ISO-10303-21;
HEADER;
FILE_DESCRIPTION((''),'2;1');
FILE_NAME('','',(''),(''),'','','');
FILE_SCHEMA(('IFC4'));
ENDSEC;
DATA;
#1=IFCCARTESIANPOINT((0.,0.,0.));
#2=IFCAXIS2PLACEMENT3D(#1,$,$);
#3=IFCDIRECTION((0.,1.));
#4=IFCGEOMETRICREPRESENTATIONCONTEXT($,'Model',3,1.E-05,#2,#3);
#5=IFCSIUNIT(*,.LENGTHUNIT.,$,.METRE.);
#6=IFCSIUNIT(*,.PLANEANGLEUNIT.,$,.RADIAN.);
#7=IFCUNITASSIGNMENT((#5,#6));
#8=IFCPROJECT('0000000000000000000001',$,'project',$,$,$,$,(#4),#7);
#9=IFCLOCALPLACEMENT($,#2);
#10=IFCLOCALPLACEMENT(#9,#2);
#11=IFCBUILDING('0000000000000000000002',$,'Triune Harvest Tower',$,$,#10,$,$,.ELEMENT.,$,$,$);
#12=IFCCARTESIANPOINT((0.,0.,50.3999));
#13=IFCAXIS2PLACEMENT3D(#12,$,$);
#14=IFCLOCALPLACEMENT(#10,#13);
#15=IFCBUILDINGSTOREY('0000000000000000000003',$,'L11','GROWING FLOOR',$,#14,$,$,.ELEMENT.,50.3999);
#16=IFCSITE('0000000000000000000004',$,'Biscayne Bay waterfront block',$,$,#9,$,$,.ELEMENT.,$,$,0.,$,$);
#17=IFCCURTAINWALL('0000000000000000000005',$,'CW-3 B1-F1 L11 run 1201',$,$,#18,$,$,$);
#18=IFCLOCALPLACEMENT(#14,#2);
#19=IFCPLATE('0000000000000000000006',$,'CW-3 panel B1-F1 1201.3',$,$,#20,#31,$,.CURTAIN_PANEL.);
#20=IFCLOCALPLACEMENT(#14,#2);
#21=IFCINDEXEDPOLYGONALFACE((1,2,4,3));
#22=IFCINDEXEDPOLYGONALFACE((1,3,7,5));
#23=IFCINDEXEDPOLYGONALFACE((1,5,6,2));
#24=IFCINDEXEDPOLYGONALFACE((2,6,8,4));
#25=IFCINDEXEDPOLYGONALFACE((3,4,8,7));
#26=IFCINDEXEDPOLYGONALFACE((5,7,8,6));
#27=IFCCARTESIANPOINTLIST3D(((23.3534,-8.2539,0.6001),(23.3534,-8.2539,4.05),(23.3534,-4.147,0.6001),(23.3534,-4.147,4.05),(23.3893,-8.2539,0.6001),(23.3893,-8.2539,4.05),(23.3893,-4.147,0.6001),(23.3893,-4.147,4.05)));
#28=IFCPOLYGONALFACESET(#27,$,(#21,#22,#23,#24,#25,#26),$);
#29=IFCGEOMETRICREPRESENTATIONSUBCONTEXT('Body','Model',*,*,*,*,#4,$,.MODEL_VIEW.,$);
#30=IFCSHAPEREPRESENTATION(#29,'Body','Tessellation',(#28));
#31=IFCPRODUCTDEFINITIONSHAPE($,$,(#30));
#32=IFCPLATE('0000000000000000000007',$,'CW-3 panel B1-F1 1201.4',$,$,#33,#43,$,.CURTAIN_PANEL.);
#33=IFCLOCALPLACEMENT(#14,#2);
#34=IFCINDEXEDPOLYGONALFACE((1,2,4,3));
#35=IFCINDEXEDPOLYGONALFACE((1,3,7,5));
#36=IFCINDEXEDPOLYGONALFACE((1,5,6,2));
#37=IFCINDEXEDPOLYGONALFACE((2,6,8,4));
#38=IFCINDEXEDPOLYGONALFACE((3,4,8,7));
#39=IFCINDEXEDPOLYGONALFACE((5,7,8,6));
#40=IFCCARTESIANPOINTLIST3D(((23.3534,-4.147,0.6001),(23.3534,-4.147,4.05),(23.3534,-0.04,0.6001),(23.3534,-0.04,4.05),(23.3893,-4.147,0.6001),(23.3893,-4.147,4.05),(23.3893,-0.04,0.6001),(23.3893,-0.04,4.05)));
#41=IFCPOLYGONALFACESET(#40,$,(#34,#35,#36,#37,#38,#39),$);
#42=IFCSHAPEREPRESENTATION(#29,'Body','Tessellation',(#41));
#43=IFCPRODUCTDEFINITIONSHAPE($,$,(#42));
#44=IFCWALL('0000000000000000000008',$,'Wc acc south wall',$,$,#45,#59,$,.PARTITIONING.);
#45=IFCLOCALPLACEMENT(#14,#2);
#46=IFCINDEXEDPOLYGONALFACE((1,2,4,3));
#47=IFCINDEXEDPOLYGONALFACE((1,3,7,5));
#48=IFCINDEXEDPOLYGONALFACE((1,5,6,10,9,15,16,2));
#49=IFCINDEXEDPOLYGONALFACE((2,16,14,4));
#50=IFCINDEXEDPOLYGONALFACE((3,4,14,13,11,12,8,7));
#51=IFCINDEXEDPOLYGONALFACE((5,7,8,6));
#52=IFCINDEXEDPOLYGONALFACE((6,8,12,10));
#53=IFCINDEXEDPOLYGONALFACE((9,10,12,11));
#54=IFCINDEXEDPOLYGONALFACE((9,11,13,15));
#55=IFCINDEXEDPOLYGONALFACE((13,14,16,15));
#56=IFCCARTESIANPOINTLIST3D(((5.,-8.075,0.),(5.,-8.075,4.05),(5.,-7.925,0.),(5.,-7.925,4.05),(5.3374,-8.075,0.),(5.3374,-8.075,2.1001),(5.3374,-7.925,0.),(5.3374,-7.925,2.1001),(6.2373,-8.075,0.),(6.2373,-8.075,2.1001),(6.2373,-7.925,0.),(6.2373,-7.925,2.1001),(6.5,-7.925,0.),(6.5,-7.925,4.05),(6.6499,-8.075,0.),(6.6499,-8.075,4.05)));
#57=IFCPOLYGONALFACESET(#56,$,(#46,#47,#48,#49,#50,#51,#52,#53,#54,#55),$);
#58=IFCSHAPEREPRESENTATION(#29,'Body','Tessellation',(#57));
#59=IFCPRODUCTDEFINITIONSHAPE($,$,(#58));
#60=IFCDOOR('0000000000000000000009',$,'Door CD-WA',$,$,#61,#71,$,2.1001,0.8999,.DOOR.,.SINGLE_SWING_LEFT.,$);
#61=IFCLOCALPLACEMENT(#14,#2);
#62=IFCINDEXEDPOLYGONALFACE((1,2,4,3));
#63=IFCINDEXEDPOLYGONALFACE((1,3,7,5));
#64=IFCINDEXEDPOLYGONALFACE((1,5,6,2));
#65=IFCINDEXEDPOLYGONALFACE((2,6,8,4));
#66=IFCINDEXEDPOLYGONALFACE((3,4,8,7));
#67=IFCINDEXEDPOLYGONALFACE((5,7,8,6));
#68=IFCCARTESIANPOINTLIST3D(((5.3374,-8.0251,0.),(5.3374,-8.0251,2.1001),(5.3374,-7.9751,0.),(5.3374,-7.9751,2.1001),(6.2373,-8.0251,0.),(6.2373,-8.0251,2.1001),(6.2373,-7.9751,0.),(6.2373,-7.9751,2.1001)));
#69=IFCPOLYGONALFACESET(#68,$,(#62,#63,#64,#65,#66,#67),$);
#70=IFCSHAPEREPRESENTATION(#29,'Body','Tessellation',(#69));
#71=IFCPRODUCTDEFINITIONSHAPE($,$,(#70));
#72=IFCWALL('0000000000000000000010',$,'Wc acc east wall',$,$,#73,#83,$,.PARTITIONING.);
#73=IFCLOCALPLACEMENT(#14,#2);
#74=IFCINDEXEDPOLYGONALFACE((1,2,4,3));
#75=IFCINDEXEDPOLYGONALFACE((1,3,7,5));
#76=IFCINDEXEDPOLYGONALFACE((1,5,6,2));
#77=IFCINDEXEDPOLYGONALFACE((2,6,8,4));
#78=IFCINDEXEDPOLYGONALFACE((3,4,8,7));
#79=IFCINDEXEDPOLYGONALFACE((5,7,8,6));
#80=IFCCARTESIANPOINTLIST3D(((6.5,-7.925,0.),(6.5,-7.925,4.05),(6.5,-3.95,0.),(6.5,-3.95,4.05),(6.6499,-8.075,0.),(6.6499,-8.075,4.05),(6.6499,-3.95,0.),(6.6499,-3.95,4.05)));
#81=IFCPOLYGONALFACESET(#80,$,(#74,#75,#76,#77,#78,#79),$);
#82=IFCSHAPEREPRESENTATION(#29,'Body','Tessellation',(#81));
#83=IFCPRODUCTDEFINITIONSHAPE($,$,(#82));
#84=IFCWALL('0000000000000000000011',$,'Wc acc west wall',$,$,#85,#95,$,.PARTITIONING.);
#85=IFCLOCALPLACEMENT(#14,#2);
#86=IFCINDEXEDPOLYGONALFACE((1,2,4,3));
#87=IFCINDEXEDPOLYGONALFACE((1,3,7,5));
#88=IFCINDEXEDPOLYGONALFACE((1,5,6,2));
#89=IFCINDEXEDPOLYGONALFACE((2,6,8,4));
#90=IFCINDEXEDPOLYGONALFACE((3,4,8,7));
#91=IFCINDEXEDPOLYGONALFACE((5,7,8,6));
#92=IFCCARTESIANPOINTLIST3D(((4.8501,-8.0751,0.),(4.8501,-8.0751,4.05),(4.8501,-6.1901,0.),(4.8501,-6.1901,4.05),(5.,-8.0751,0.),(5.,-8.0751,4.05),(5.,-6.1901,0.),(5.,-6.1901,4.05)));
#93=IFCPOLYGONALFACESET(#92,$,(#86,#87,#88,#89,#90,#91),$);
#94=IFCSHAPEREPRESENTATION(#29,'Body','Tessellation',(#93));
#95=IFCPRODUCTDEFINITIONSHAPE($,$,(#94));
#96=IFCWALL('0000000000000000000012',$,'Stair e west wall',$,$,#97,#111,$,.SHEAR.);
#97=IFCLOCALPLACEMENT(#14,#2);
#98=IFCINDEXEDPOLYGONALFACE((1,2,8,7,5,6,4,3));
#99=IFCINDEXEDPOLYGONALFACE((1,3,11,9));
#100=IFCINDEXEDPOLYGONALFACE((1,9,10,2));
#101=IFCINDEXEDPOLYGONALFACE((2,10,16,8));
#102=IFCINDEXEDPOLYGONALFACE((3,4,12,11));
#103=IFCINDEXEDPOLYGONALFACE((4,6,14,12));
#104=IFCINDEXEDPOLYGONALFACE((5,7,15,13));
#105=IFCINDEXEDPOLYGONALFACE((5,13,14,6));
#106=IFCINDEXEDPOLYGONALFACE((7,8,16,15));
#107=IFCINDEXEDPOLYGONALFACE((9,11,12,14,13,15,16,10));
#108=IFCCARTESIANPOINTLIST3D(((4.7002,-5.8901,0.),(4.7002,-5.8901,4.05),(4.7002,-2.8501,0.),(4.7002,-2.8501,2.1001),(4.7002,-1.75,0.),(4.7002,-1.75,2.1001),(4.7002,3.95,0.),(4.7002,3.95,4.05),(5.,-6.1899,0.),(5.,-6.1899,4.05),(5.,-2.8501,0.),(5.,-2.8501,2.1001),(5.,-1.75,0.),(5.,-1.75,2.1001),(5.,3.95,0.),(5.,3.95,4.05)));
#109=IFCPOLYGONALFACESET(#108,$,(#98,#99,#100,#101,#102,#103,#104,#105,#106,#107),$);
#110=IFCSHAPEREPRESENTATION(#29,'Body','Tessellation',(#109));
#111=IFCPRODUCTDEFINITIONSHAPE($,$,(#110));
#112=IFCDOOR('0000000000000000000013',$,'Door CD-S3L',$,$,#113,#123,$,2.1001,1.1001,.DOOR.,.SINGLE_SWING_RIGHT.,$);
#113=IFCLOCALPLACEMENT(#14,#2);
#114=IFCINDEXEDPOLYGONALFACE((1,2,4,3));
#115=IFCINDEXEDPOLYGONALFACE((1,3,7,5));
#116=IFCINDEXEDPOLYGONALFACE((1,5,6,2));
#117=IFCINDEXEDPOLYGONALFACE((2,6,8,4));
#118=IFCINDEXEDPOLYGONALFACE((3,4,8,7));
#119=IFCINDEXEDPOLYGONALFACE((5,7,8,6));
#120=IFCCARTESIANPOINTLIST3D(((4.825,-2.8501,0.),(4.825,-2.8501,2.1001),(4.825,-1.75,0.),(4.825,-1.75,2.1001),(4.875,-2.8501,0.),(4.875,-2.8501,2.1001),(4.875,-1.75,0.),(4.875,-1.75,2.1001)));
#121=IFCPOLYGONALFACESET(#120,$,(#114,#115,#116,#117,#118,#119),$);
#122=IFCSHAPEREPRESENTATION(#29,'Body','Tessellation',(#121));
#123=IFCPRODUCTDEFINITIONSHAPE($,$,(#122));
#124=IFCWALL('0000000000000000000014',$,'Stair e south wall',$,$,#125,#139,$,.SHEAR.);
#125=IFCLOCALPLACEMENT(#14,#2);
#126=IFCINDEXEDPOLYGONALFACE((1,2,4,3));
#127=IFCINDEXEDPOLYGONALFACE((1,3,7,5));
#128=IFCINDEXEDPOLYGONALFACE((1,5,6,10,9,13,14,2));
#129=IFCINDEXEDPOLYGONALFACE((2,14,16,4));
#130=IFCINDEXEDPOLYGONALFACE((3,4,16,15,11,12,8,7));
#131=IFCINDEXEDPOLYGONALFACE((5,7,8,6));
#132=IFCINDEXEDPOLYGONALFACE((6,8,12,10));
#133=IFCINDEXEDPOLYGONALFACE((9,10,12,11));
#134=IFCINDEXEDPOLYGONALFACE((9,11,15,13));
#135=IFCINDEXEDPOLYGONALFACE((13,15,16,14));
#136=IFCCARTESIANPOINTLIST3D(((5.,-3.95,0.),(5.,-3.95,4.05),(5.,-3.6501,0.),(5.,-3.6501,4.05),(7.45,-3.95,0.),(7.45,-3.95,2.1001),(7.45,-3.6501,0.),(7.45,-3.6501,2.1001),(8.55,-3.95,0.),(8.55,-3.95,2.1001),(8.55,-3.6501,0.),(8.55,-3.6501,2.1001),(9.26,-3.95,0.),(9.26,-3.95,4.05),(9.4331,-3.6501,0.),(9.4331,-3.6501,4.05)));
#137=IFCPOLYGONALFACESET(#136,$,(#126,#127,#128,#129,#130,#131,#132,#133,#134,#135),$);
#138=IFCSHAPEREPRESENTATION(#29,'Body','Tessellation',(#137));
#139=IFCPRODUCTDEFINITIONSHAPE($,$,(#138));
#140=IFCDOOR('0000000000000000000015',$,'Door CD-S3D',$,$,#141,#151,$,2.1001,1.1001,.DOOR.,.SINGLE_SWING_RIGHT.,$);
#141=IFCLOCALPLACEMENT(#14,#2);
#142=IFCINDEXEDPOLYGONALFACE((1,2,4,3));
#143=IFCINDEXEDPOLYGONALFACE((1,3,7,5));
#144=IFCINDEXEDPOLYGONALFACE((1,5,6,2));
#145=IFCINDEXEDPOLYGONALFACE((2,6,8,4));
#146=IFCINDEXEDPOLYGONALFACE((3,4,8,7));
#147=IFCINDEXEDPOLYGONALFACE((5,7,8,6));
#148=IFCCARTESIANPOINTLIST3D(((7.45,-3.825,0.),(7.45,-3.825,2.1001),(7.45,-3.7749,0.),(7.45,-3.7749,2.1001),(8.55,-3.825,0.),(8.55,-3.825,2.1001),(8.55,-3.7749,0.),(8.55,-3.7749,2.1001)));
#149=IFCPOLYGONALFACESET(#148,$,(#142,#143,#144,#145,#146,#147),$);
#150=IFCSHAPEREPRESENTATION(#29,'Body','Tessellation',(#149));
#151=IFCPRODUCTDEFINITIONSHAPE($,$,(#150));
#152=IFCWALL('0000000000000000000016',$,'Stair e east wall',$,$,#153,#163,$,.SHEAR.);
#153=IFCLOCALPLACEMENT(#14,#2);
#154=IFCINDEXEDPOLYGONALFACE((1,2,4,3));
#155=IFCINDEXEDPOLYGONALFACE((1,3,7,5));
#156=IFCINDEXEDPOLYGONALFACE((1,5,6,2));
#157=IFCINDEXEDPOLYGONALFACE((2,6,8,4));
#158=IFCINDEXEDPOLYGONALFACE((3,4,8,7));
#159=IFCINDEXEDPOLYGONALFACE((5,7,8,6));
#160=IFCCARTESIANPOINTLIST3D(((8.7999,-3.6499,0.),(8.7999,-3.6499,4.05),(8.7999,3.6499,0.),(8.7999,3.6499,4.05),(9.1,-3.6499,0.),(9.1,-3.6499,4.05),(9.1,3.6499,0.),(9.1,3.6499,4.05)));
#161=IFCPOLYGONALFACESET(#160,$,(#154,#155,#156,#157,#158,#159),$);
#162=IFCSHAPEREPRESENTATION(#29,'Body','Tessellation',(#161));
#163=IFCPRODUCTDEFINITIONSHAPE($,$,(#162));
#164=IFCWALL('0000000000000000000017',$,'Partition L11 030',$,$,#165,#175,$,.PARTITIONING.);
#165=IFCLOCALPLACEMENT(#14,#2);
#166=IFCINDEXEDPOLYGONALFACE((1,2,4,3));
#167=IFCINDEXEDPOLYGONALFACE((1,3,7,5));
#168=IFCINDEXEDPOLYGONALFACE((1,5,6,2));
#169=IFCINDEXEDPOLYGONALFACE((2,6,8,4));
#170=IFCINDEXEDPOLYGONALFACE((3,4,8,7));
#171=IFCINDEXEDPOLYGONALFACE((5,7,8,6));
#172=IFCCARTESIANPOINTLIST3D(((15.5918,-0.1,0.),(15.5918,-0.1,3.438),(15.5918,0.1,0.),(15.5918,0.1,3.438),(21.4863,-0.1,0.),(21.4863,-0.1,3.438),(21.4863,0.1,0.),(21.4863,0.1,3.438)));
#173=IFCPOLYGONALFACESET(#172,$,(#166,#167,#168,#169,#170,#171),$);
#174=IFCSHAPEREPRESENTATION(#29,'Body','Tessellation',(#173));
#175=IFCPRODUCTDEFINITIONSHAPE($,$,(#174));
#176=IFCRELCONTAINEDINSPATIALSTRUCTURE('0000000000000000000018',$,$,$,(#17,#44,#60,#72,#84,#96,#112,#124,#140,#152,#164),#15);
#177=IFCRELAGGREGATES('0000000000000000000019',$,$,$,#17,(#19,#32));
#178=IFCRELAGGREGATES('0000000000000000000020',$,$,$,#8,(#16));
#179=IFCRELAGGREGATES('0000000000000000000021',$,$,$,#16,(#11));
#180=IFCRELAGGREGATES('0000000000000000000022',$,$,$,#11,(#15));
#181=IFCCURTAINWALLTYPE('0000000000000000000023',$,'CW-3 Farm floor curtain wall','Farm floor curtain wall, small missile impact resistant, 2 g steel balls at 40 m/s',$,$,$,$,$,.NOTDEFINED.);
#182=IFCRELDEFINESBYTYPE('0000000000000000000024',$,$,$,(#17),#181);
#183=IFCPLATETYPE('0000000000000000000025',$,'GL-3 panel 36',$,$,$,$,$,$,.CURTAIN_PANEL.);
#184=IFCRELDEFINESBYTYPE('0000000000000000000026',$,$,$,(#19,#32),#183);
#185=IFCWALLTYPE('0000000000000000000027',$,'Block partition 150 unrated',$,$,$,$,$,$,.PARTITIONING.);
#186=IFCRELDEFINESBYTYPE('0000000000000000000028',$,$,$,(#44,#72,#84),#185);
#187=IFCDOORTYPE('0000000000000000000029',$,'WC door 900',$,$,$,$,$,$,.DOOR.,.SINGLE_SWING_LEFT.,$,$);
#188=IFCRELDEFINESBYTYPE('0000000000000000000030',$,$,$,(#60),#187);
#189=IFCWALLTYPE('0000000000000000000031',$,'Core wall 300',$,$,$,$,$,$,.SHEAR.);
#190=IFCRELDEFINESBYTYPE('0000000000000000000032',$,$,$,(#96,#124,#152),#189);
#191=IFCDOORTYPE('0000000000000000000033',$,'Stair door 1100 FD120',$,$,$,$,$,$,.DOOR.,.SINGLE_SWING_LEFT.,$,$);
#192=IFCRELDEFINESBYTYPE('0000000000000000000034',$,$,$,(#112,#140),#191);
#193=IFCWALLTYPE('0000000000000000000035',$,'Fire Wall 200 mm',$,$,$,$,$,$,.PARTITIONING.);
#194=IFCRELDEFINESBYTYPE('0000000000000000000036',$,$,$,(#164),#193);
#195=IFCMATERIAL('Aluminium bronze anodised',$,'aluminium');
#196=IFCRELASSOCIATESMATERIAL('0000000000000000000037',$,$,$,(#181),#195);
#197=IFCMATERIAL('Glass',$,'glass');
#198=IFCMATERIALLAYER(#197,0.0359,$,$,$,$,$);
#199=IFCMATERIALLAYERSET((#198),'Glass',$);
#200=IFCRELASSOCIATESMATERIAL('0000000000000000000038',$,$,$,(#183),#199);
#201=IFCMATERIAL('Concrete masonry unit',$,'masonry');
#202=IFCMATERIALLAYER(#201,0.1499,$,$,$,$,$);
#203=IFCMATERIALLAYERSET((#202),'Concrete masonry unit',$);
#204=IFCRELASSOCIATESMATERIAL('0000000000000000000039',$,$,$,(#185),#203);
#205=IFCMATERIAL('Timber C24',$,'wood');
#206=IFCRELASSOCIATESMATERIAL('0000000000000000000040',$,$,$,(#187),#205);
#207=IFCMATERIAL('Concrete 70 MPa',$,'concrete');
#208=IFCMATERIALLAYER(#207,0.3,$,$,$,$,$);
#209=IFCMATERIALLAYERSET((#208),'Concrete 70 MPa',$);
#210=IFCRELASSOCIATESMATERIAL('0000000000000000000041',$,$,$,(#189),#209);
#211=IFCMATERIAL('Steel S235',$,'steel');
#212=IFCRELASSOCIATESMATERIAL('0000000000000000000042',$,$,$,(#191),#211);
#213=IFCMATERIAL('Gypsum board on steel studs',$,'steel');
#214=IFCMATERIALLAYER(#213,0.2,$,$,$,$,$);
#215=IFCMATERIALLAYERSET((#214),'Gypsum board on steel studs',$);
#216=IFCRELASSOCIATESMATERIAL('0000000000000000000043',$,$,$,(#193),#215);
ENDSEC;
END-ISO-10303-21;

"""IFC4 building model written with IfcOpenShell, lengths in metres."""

from ifc_helpers import new_model, si_unit, direction, frame, frame_2d, origin, origin_2d, place, context, subcontext, project, spatial, polyline, rectangle, outline, extrude, source, transform, mapped, material, layer, layer_set, type_object, element, fill, aggregate, save


model = new_model("IFC4")

# Units and contexts
model_context = context("Model", 3, precision=1e-05, world=origin(), true_north=direction((0.0, 1.0)))
body_context = subcontext(model_context, "Body", "Model", "MODEL_VIEW")
ifc_project = project(units=[si_unit("LENGTHUNIT", "METRE"), si_unit("PLANEANGLEUNIT", "RADIAN")], contexts=[model_context])

# Site, building, storey
site_placement = place(None, origin())
site = spatial("IfcSite", under=ifc_project, at=site_placement, Name="Biscayne Bay waterfront block", CompositionType="ELEMENT", RefElevation=0.0)
building_placement = place(site_placement, origin())
building = spatial("IfcBuilding", under=site, at=building_placement, Name="Triune Harvest Tower", CompositionType="ELEMENT")
storey_placement = place(building_placement, frame((0.0, 0.0, 50.3999)))
storey = spatial("IfcBuildingStorey", under=building, at=storey_placement, Name="L11", Description="GROWING FLOOR", CompositionType="ELEMENT", Elevation=50.3999)

# Curtain wall, plates
ifc_material_1 = material(Name="Aluminium bronze anodised", Category="aluminium")
curtain_wall_type = type_object("IfcCurtainWallType", Name="CW-3 Farm floor curtain wall", Description="Farm floor curtain wall, small missile impact resistant, 2 g steel balls at 40 m/s", PredefinedType="NOTDEFINED", material=ifc_material_1)
curtain_wall_placement = place(storey_placement, origin())
curtain_wall = element("IfcCurtainWall", 1, at=curtain_wall_placement, inside=storey, type_object=curtain_wall_type, Name="CW-3 B1-F1 L11 run 1201")
ifc_material_2 = material(Name="Glass", Category="glass")
ifc_layer_1 = layer(ifc_material_2, 0.0359)
ifc_layer_set_1 = layer_set([ifc_layer_1], Name="Glass")
plate_type = type_object("IfcPlateType", Name="GL-3 panel 36", PredefinedType="CURTAIN_PANEL", material=ifc_layer_set_1)
shared_shape_1 = source(origin(), body_context, "Body", "SweptSolid", [
    extrude(rectangle(XDim=4.1069, YDim=0.0359, at=origin_2d()), origin(), (0.0, 0.0, 1.0), 3.45),
])
plate_1_placement = place(storey_placement, frame((23.3713, -6.2004, 0.6001), z_axis=(0.0, 0.0, 1.0), x_axis=(0.0, 1.0, 0.0)))
plate_1 = element("IfcPlate", 2, at=plate_1_placement, type_object=plate_type, Name="CW-3 panel B1-F1 1201.3", PredefinedType="CURTAIN_PANEL", context=body_context, shape_type="MappedRepresentation", body=[
    mapped(shared_shape_1, transform((0.0, 0.0, 0.0), scale=1.0)),
])
plate_2_placement = place(storey_placement, frame((23.3713, -2.0935, 0.6001), z_axis=(0.0, 0.0, 1.0), x_axis=(0.0, 1.0, 0.0)))
plate_2 = element("IfcPlate", 3, at=plate_2_placement, type_object=plate_type, Name="CW-3 panel B1-F1 1201.4", PredefinedType="CURTAIN_PANEL", context=body_context, shape_type="MappedRepresentation", body=[
    mapped(shared_shape_1, transform((0.0, 0.0, 0.0), scale=1.0)),
])
aggregate(curtain_wall, [plate_1, plate_2])

# Wall, opening, door
ifc_material_3 = material(Name="Concrete masonry unit", Category="masonry")
ifc_layer_2 = layer(ifc_material_3, 0.1499)
ifc_layer_set_2 = layer_set([ifc_layer_2], Name="Concrete masonry unit")
wall_type_1 = type_object("IfcWallType", Name="Block partition 150 unrated", PredefinedType="PARTITIONING", material=ifc_layer_set_2)
wall_1_placement = place(storey_placement, frame((5.0, -8.0, 0.0), z_axis=(0.0, 0.0, 1.0), x_axis=(1.0, 0.0, 0.0)))
wall_1 = element("IfcWall", 4, at=wall_1_placement, inside=storey, type_object=wall_type_1, Name="Wc acc south wall", PredefinedType="PARTITIONING", context=body_context, shape_type="SweptSolid", body=[
    extrude(outline(polyline([(0.0, -0.075), (1.6499, -0.075), (1.5, 0.075), (0.0, 0.075), (0.0, -0.075)])), origin(), (0.0, 0.0, 1.0), 4.05),
])
opening_1_placement = place(wall_1_placement, frame((0.3374, 0.0, 0.0)))
opening_1 = element("IfcOpeningElement", 5, at=opening_1_placement, cuts=wall_1, PredefinedType="OPENING", context=body_context, shape_type="SweptSolid", body=[
    extrude(rectangle(XDim=0.8999, YDim=2.1001, at=frame_2d((0.45, 1.05))), frame((0.0, 0.085, 0.0), z_axis=(0.0, -1.0, 0.0), x_axis=(1.0, 0.0, 0.0)), (0.0, 0.0, 1.0), 0.1699),
])
ifc_material_4 = material(Name="Timber C24", Category="wood")
door_type_1 = type_object("IfcDoorType", Name="WC door 900", OperationType="SINGLE_SWING_LEFT", PredefinedType="DOOR", material=ifc_material_4)
door_1_placement = place(opening_1_placement, origin())
door_1 = element("IfcDoor", 6, at=door_1_placement, inside=storey, type_object=door_type_1, Name="Door CD-WA", OperationType="SINGLE_SWING_LEFT", OverallHeight=2.1001, OverallWidth=0.8999, PredefinedType="DOOR", context=body_context, shape_type="SweptSolid", body=[
    extrude(rectangle(XDim=0.8999, YDim=2.1001, at=frame_2d((0.45, 1.05))), frame((0.0, 0.0249, 0.0), z_axis=(0.0, -1.0, 0.0), x_axis=(1.0, 0.0, 0.0)), (0.0, 0.0, 1.0), 0.05),
])
fill(opening_1, door_1)

# Walls
wall_2_placement = place(storey_placement, frame((6.575, -8.0, 0.0), z_axis=(0.0, 0.0, 1.0), x_axis=(0.0, 1.0, 0.0)))
element("IfcWall", 7, at=wall_2_placement, inside=storey, type_object=wall_type_1, Name="Wc acc east wall", PredefinedType="PARTITIONING", context=body_context, shape_type="SweptSolid", body=[
    extrude(outline(polyline([(-0.075, -0.075), (4.05, -0.075), (4.05, 0.075), (0.075, 0.075), (-0.075, -0.075)])), origin(), (0.0, 0.0, 1.0), 4.05),
])
wall_3_placement = place(storey_placement, frame((4.925, -8.075, 0.0), z_axis=(0.0, 0.0, 1.0), x_axis=(0.0, 1.0, 0.0)))
element("IfcWall", 8, at=wall_3_placement, inside=storey, type_object=wall_type_1, Name="Wc acc west wall", PredefinedType="PARTITIONING", context=body_context, shape_type="SweptSolid", body=[
    extrude(rectangle(XDim=1.885, YDim=0.1499, at=frame_2d((0.9424, 0.0))), origin(), (0.0, 0.0, 1.0), 4.05),
])

# Walls, openings, doors
ifc_material_5 = material(Name="Concrete 70 MPa", Category="concrete")
ifc_layer_3 = layer(ifc_material_5, 0.3)
ifc_layer_set_3 = layer_set([ifc_layer_3], Name="Concrete 70 MPa")
wall_type_2 = type_object("IfcWallType", Name="Core wall 300", PredefinedType="SHEAR", material=ifc_layer_set_3)
wall_4_placement = place(storey_placement, frame((4.8501, -6.04, 0.0), z_axis=(0.0, 0.0, 1.0), x_axis=(0.0, 1.0, 0.0)))
wall_4 = element("IfcWall", 9, at=wall_4_placement, inside=storey, type_object=wall_type_2, Name="Stair e west wall", PredefinedType="SHEAR", context=body_context, shape_type="SweptSolid", body=[
    extrude(outline(polyline([(-0.1499, -0.1499), (9.99, -0.1499), (9.99, 0.1499), (0.1499, 0.1499), (-0.1499, -0.1499)])), origin(), (0.0, 0.0, 1.0), 4.05),
])
opening_2_placement = place(wall_4_placement, frame((3.1899, 0.0, 0.0)))
opening_2 = element("IfcOpeningElement", 10, at=opening_2_placement, cuts=wall_4, PredefinedType="OPENING", context=body_context, shape_type="SweptSolid", body=[
    extrude(rectangle(XDim=1.1001, YDim=2.1001, at=frame_2d((0.55, 1.05))), frame((0.0, 0.1602, 0.0), z_axis=(0.0, -1.0, 0.0), x_axis=(1.0, 0.0, 0.0)), (0.0, 0.0, 1.0), 0.3201),
])
ifc_material_6 = material(Name="Steel S235", Category="steel")
door_type_2 = type_object("IfcDoorType", Name="Stair door 1100 FD120", OperationType="SINGLE_SWING_LEFT", PredefinedType="DOOR", material=ifc_material_6)
door_2_placement = place(opening_2_placement, frame((1.1001, 0.0, 0.0), z_axis=(0.0, 0.0, 1.0), x_axis=(-1.0, 0.0, 0.0)))
door_2 = element("IfcDoor", 11, at=door_2_placement, inside=storey, type_object=door_type_2, Name="Door CD-S3L", OperationType="SINGLE_SWING_RIGHT", OverallHeight=2.1001, OverallWidth=1.1001, PredefinedType="DOOR", context=body_context, shape_type="SweptSolid", body=[
    extrude(rectangle(XDim=1.1001, YDim=2.1001, at=frame_2d((0.55, 1.05))), frame((0.0, 0.0249, 0.0), z_axis=(0.0, -1.0, 0.0), x_axis=(1.0, 0.0, 0.0)), (0.0, 0.0, 1.0), 0.05),
])
fill(opening_2, door_2)
wall_5_placement = place(storey_placement, frame((5.0, -3.8, 0.0), z_axis=(0.0, 0.0, 1.0), x_axis=(1.0, 0.0, 0.0)))
wall_5 = element("IfcWall", 12, at=wall_5_placement, inside=storey, type_object=wall_type_2, Name="Stair e south wall", PredefinedType="SHEAR", context=body_context, shape_type="SweptSolid", body=[
    extrude(outline(polyline([(0.0, -0.1499), (0.0, 0.1499), (4.4331, 0.1499), (4.26, -0.1499), (0.0, -0.1499)])), origin(), (0.0, 0.0, 1.0), 4.05),
])
opening_3_placement = place(wall_5_placement, frame((2.45, 0.0, 0.0)))
opening_3 = element("IfcOpeningElement", 13, at=opening_3_placement, cuts=wall_5, PredefinedType="OPENING", context=body_context, shape_type="SweptSolid", body=[
    extrude(rectangle(XDim=1.1001, YDim=2.1001, at=frame_2d((0.55, 1.05))), frame((0.0, 0.1602, 0.0), z_axis=(0.0, -1.0, 0.0), x_axis=(1.0, 0.0, 0.0)), (0.0, 0.0, 1.0), 0.3201),
])
door_3_placement = place(opening_3_placement, frame((1.1001, 0.0, 0.0), z_axis=(0.0, 0.0, 1.0), x_axis=(-1.0, 0.0, 0.0)))
door_3 = element("IfcDoor", 14, at=door_3_placement, inside=storey, type_object=door_type_2, Name="Door CD-S3D", OperationType="SINGLE_SWING_RIGHT", OverallHeight=2.1001, OverallWidth=1.1001, PredefinedType="DOOR", context=body_context, shape_type="SweptSolid", body=[
    extrude(rectangle(XDim=1.1001, YDim=2.1001, at=frame_2d((0.55, 1.05))), frame((0.0, 0.0249, 0.0), z_axis=(0.0, -1.0, 0.0), x_axis=(1.0, 0.0, 0.0)), (0.0, 0.0, 1.0), 0.05),
])
fill(opening_3, door_3)

# Walls
wall_6_placement = place(storey_placement, frame((8.95, -3.6499, 0.0), z_axis=(0.0, 0.0, 1.0), x_axis=(0.0, 1.0, 0.0)))
element("IfcWall", 15, at=wall_6_placement, inside=storey, type_object=wall_type_2, Name="Stair e east wall", PredefinedType="SHEAR", context=body_context, shape_type="SweptSolid", body=[
    extrude(rectangle(XDim=7.2998, YDim=0.3, at=frame_2d((3.6499, 0.0))), origin(), (0.0, 0.0, 1.0), 4.05),
])
ifc_material_7 = material(Name="Gypsum board on steel studs", Category="steel")
ifc_layer_4 = layer(ifc_material_7, 0.2)
ifc_layer_set_4 = layer_set([ifc_layer_4], Name="Gypsum board on steel studs")
wall_type_3 = type_object("IfcWallType", Name="Fire Wall 200 mm", PredefinedType="PARTITIONING", material=ifc_layer_set_4)
wall_7_placement = place(storey_placement, frame((15.5918, 0.0, 0.0), z_axis=(0.0, 0.0, 1.0), x_axis=(1.0, 0.0, 0.0)))
element("IfcWall", 16, at=wall_7_placement, inside=storey, type_object=wall_type_3, Name="Partition L11 030", PredefinedType="PARTITIONING", context=body_context, shape_type="SweptSolid", body=[
    extrude(rectangle(XDim=5.8945, YDim=0.2, at=frame_2d((2.9473, 0.0))), origin(), (0.0, 0.0, 1.0), 3.438),
])

save(model, "model.ifc")
